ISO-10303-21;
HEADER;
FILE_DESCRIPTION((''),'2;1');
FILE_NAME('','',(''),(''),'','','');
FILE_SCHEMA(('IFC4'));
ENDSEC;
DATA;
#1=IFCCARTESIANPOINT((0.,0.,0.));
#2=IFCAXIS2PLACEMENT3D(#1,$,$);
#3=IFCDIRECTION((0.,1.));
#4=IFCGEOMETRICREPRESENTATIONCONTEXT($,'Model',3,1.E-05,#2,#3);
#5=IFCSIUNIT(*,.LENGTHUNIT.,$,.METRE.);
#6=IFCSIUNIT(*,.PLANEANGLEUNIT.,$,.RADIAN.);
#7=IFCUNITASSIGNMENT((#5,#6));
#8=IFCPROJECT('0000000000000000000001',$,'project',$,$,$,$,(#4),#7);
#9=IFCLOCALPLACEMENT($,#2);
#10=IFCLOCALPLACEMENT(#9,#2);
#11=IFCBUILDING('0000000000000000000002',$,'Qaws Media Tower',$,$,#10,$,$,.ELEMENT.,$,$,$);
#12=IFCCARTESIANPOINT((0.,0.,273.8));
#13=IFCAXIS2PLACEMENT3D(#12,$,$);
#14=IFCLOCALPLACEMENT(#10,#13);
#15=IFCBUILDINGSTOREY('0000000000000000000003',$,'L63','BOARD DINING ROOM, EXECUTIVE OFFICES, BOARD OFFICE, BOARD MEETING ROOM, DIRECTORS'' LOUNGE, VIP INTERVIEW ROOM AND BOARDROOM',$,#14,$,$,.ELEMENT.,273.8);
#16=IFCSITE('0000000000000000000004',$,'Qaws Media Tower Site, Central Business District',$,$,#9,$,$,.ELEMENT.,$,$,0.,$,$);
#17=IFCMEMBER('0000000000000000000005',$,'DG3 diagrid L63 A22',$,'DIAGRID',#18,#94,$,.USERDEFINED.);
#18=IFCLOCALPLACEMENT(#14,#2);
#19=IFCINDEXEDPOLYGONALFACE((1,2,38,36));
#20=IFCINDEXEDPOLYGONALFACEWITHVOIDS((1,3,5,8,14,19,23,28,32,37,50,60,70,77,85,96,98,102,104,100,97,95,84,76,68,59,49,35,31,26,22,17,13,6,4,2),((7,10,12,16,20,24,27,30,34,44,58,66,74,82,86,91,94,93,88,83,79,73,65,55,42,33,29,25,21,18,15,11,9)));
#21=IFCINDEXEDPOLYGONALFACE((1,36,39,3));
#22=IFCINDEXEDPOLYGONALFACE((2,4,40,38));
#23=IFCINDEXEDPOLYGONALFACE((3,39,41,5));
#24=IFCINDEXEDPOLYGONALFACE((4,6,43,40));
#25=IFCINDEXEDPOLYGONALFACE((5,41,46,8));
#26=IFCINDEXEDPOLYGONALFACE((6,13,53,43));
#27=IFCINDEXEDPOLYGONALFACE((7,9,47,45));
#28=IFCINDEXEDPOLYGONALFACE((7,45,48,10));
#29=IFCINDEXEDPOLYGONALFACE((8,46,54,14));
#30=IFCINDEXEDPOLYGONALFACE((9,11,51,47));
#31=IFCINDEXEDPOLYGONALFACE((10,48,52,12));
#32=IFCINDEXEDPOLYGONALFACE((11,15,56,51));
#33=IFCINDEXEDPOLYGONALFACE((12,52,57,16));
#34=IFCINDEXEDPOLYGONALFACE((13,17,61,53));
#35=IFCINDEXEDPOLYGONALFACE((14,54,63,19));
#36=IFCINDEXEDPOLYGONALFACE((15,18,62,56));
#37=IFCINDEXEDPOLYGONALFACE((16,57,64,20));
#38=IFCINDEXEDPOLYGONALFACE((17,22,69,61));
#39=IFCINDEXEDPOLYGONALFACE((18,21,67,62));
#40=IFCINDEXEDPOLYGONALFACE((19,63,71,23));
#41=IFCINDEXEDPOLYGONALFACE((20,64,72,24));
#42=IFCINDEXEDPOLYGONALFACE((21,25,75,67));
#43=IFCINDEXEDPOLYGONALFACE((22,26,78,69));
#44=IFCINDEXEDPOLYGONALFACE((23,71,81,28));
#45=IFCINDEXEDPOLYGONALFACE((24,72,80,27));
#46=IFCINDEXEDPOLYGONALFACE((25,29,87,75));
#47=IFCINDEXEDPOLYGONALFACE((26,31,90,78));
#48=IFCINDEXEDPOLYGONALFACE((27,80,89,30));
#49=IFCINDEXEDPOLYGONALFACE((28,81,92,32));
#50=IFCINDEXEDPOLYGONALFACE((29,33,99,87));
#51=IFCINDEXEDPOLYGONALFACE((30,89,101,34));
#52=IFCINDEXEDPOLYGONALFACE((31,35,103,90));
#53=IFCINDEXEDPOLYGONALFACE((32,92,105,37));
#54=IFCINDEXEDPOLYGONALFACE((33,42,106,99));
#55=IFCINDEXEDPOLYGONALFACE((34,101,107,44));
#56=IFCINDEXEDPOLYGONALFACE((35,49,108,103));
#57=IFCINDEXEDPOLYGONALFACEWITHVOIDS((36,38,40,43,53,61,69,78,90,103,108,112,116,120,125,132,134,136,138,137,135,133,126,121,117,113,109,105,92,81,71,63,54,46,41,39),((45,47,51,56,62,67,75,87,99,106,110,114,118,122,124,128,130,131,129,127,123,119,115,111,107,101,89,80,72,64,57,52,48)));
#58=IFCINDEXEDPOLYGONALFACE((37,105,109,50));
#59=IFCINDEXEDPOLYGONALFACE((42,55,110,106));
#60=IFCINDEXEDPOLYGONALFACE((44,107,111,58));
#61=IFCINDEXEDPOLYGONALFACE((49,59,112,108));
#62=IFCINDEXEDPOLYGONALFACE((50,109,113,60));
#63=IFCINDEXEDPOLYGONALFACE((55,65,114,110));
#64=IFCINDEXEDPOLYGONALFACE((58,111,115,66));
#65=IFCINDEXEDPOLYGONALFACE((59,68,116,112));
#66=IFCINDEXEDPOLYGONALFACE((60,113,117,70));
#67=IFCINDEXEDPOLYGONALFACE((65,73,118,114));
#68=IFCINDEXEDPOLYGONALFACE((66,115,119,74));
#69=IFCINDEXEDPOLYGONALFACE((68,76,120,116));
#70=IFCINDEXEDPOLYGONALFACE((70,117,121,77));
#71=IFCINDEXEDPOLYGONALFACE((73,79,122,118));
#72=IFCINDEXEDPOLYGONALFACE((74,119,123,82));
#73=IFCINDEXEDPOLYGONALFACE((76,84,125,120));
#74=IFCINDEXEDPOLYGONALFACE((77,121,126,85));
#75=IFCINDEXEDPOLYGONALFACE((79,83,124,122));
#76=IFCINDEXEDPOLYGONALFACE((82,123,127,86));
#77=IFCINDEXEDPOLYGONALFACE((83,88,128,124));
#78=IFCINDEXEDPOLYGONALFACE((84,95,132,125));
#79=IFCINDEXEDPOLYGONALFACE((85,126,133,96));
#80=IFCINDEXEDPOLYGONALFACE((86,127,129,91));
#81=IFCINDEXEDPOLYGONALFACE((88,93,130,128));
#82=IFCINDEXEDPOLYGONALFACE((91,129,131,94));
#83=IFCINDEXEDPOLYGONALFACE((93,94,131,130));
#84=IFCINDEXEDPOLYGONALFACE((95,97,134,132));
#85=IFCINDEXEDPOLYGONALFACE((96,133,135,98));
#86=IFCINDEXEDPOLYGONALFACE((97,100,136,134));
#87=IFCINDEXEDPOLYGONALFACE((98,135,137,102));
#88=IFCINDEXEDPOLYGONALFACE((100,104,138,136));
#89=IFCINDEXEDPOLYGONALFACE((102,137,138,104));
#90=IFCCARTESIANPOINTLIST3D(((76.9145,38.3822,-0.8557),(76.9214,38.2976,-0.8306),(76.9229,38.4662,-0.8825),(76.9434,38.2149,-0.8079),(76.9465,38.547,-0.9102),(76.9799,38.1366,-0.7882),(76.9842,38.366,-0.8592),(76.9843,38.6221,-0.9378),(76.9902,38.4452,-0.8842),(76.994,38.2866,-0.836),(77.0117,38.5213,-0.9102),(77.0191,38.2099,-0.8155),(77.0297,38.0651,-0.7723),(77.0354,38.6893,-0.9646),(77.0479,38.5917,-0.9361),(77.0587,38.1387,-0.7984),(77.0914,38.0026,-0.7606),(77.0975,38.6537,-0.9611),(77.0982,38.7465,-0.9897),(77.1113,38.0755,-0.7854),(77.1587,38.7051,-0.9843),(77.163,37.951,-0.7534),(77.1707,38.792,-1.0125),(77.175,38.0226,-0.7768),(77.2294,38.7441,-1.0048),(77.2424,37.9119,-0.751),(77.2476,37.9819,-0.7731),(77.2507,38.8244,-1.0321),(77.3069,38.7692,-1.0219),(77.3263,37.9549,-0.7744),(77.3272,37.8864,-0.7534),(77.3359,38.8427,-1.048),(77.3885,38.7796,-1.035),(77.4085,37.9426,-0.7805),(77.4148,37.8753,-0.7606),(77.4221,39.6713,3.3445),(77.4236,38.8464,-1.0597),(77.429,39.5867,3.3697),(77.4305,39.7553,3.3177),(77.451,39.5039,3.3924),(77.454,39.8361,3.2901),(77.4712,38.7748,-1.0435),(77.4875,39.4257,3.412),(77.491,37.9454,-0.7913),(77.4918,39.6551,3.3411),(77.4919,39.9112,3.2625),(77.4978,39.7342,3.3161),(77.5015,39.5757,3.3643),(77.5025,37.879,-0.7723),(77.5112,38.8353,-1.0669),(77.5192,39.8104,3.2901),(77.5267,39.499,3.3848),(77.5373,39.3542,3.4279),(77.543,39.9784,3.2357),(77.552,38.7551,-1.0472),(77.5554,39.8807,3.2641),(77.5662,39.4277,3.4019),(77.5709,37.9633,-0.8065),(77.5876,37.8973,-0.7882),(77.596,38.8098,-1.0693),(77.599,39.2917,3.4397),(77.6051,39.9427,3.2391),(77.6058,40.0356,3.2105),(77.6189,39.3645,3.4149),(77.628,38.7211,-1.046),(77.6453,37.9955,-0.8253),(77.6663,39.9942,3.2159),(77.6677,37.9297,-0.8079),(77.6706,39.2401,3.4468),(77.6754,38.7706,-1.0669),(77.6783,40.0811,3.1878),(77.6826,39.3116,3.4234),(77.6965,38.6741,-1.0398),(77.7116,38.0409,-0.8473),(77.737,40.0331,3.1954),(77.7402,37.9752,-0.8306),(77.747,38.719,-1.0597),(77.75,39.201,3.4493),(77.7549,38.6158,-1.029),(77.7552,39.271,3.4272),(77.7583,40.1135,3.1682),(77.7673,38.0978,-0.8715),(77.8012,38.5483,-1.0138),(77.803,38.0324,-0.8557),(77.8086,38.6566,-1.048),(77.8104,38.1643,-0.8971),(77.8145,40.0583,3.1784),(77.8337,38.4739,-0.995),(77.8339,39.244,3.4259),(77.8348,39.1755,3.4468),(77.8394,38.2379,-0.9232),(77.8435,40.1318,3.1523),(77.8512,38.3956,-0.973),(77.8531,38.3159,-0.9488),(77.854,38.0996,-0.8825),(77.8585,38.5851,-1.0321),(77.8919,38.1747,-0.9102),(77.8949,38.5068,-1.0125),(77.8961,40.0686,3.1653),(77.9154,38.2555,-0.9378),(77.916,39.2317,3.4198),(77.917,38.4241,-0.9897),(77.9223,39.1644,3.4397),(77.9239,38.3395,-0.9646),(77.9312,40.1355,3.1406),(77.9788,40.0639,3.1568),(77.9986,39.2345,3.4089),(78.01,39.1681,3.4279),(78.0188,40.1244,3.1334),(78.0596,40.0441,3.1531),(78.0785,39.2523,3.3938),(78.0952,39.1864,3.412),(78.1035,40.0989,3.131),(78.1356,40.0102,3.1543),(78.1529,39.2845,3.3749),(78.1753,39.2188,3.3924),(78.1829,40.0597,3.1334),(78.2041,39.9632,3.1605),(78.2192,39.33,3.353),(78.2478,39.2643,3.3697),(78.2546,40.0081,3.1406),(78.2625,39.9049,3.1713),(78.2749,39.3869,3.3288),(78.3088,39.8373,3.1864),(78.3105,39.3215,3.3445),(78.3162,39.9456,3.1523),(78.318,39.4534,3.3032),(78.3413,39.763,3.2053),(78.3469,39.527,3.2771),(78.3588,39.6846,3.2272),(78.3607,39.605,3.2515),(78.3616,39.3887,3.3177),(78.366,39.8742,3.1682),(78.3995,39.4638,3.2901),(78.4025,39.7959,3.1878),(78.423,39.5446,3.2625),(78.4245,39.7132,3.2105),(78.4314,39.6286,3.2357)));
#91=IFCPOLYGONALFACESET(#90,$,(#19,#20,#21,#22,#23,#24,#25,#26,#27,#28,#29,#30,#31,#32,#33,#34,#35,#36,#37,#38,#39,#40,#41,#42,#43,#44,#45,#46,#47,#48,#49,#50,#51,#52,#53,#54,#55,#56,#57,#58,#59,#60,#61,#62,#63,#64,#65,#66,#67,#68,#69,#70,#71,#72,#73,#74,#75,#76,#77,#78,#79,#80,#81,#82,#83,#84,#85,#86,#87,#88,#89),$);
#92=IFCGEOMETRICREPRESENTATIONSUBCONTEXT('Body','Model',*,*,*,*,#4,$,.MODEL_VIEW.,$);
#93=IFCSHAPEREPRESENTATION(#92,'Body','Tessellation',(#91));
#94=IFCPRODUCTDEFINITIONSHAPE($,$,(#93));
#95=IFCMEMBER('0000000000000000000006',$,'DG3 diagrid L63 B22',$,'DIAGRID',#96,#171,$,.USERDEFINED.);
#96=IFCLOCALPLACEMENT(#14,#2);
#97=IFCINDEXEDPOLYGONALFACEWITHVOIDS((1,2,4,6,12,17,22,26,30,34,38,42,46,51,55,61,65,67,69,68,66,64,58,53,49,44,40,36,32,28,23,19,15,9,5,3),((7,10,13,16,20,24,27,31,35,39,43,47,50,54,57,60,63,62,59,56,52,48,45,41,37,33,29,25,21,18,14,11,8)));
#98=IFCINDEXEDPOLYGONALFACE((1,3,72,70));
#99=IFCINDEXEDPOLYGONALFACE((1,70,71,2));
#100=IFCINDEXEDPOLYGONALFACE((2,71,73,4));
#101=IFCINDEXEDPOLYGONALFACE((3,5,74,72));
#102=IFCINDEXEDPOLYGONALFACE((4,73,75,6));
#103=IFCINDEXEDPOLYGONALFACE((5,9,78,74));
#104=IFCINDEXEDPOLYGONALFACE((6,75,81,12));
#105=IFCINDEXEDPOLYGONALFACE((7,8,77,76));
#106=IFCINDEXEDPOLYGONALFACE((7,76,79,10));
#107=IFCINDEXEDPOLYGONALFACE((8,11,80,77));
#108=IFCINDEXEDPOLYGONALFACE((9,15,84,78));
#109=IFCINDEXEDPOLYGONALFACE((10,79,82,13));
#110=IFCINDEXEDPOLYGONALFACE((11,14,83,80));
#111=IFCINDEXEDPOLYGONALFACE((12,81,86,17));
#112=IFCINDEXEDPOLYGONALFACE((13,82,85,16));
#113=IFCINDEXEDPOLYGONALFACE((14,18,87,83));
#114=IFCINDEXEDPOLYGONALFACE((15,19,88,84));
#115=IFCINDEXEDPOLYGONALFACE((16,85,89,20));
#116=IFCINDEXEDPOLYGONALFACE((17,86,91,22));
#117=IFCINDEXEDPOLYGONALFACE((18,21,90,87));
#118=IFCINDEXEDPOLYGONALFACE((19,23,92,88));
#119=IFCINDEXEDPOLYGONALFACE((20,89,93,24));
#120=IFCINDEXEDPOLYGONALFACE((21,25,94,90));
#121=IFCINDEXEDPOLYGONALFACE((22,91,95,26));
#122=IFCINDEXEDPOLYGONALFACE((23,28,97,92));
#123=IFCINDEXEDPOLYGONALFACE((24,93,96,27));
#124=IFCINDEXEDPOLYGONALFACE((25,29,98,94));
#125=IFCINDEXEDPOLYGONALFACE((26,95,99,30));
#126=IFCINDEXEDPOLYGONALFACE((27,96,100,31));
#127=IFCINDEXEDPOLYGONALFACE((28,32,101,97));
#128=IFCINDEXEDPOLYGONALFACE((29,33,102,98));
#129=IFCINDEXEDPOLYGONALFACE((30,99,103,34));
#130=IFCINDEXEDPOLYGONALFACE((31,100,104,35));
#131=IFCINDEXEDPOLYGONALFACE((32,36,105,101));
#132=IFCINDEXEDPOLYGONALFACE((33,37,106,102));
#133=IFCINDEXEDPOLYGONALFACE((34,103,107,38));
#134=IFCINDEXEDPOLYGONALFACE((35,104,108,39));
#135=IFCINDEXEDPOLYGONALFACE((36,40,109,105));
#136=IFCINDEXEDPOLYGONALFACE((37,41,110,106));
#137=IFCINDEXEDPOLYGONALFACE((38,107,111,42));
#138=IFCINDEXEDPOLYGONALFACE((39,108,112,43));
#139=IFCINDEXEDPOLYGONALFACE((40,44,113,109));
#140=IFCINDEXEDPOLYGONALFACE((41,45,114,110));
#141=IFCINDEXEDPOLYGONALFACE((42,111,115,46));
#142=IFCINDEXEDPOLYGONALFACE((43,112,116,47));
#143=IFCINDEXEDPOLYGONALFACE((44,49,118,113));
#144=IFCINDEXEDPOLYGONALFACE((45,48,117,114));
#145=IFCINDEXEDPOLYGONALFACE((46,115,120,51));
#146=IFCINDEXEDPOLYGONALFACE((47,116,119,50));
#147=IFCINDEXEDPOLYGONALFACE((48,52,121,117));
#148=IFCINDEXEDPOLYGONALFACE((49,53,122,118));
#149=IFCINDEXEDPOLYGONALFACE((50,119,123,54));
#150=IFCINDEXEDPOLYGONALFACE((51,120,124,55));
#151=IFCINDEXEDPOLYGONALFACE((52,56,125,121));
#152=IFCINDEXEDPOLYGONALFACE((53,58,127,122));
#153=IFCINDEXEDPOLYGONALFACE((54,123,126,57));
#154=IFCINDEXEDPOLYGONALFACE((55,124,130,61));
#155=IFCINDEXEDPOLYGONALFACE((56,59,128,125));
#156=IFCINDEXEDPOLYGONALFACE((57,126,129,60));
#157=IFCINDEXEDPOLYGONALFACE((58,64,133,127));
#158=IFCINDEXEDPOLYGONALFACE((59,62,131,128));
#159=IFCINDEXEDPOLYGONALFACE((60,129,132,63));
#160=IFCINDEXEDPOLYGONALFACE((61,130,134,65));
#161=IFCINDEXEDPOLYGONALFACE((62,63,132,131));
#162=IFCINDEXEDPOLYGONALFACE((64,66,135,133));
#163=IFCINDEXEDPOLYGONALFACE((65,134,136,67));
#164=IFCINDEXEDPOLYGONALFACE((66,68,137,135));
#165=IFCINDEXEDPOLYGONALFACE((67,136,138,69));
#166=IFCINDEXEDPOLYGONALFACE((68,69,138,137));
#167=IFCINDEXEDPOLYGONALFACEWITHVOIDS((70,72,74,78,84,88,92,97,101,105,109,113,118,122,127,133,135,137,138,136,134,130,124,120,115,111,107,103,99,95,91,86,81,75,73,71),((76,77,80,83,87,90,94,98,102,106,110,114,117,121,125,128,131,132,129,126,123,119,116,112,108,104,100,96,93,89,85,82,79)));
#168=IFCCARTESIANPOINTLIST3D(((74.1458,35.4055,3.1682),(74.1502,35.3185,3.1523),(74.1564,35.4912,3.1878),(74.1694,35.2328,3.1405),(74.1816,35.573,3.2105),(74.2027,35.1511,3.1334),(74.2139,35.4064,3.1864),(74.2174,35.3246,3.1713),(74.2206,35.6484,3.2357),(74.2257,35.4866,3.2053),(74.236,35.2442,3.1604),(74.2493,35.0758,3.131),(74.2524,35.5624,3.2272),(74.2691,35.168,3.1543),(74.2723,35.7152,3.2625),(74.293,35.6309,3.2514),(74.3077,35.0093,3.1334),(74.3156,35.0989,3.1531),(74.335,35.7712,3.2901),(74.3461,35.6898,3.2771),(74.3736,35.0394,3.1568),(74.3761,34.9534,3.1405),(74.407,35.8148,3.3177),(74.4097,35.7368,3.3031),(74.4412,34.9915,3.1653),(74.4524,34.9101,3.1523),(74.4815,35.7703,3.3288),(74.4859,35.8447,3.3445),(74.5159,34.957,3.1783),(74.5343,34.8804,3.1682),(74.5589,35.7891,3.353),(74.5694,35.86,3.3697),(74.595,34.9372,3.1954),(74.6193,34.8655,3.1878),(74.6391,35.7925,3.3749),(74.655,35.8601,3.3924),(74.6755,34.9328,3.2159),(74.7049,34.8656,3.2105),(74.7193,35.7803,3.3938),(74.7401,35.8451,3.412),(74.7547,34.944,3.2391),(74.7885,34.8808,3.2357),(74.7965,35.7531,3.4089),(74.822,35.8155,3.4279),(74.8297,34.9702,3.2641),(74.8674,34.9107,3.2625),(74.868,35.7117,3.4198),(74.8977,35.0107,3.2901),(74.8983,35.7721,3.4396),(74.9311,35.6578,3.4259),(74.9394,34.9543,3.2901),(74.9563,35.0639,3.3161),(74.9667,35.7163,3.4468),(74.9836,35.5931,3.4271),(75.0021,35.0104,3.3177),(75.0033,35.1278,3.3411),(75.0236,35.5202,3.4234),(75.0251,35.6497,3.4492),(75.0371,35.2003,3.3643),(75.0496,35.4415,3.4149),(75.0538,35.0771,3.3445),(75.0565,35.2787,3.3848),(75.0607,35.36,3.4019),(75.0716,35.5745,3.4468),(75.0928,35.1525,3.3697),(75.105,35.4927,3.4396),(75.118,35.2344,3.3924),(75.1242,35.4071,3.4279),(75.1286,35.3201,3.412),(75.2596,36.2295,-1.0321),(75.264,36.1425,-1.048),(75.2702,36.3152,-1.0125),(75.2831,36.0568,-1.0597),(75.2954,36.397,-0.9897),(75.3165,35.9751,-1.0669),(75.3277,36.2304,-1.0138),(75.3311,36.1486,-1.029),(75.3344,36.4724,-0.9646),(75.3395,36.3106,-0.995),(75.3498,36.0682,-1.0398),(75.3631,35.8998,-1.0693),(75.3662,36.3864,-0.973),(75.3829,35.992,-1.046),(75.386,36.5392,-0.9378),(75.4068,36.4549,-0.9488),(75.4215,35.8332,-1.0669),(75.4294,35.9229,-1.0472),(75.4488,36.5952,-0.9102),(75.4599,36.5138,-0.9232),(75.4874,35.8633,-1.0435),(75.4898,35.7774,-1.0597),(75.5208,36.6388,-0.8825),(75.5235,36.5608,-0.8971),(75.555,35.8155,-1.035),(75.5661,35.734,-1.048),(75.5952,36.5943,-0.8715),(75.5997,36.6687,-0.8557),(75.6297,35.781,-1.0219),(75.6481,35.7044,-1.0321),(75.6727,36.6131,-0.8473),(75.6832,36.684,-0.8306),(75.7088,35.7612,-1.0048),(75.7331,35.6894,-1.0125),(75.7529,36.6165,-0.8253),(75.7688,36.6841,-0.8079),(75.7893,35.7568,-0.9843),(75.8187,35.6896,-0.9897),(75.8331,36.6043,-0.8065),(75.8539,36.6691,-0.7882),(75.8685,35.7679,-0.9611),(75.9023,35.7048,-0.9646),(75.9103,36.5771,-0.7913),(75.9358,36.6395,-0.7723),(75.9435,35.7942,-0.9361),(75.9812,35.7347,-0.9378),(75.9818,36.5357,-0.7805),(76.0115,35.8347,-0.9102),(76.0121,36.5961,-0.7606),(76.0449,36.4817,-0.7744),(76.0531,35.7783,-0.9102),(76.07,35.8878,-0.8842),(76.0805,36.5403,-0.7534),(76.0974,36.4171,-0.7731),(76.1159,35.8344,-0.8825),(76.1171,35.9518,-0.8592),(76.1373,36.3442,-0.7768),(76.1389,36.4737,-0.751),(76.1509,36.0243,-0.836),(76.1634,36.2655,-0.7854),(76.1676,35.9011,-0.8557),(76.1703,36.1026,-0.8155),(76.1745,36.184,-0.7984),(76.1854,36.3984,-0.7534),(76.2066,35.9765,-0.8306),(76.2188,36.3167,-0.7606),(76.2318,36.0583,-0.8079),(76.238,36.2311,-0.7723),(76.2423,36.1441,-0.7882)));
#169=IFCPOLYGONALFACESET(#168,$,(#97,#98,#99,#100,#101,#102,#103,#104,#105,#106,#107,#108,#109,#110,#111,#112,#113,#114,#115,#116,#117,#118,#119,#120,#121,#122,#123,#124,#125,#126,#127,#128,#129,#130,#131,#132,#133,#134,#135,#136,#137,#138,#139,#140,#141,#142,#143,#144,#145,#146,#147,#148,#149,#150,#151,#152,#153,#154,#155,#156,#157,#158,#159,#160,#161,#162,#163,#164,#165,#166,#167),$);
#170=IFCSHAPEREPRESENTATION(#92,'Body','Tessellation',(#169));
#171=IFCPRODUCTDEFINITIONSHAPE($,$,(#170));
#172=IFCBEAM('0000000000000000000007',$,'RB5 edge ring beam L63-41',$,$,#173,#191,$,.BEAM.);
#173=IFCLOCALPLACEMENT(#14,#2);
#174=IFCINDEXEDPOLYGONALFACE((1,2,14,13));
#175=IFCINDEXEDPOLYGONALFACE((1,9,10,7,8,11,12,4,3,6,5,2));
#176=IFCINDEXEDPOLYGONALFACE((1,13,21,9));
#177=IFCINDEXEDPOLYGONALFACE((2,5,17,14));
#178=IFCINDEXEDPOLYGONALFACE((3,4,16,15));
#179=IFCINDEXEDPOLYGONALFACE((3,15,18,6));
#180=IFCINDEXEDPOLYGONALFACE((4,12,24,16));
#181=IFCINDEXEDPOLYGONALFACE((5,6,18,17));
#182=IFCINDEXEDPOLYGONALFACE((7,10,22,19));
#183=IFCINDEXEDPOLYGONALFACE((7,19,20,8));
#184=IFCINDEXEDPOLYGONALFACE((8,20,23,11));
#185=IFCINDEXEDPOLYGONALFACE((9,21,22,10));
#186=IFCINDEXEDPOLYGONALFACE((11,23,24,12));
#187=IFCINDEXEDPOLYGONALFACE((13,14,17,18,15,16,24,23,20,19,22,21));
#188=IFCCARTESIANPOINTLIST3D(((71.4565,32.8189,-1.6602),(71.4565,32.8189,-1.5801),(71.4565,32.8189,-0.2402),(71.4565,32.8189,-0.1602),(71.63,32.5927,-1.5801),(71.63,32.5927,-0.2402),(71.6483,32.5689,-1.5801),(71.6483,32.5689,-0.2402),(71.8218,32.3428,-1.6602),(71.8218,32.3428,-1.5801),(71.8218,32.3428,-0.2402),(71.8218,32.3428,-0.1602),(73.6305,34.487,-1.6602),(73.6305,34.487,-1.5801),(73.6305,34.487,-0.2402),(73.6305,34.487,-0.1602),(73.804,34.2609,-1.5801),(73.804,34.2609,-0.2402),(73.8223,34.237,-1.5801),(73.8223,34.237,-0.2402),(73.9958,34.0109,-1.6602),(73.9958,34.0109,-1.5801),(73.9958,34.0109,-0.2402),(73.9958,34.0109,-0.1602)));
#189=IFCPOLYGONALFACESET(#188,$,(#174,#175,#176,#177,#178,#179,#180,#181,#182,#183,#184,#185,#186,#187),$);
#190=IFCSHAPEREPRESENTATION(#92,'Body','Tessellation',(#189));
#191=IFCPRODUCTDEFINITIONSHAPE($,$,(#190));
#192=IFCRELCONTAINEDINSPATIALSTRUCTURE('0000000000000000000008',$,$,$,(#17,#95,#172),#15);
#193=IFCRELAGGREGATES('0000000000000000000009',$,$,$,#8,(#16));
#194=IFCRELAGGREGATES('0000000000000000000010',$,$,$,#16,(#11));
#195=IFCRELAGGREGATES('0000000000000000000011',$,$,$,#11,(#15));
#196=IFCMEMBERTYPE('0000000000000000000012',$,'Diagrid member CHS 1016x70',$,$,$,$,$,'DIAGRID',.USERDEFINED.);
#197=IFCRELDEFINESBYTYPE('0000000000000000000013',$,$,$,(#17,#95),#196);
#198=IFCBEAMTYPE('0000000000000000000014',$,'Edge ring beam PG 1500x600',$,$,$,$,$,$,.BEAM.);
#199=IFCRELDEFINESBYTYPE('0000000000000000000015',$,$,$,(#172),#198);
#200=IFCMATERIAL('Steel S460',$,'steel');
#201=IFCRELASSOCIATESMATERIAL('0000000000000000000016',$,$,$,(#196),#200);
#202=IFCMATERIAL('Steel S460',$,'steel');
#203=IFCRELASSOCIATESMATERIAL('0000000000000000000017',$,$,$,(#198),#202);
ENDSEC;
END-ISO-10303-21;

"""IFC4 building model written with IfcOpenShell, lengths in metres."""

from ifc_helpers import new_model, si_unit, direction, frame, origin, origin_2d, place, context, subcontext, project, spatial, hollow_circle, i_section, extrude, material, material_profile, profile_set, type_object, element, save


model = new_model("IFC4")

# Units and contexts
model_context = context("Model", 3, precision=1e-05, world=origin(), true_north=direction((0.0, 1.0)))
body_context = subcontext(model_context, "Body", "Model", "MODEL_VIEW")
ifc_project = project(units=[si_unit("LENGTHUNIT", "METRE"), si_unit("PLANEANGLEUNIT", "RADIAN")], contexts=[model_context])

# Site, building, storey
site_placement = place(None, origin())
site = spatial("IfcSite", under=ifc_project, at=site_placement, Name="Qaws Media Tower Site, Central Business District", CompositionType="ELEMENT", RefElevation=0.0)
building_placement = place(site_placement, origin())
building = spatial("IfcBuilding", under=site, at=building_placement, Name="Qaws Media Tower", CompositionType="ELEMENT")
storey_placement = place(building_placement, frame((0.0, 0.0, 273.8)))
storey = spatial("IfcBuildingStorey", under=building, at=storey_placement, Name="L63", Description="BOARD DINING ROOM, EXECUTIVE OFFICES, BOARD OFFICE, BOARD MEETING ROOM, DIRECTORS' LOUNGE, VIP INTERVIEW ROOM AND BOARDROOM", CompositionType="ELEMENT", Elevation=273.8)

# Members
ifc_material_1 = material(Name="Steel S460", Category="steel")
ifc_material_profile_1 = material_profile(ifc_material_1, hollow_circle(Radius=0.5081, WallThickness=0.0701, at=origin_2d()), Name="CHS 1016x70")
ifc_profile_set_1 = profile_set([ifc_material_profile_1], Name="Steel S460")
member_type_1 = type_object("IfcMemberType", Name="Diagrid member CHS 1016x70", ElementType="DIAGRID", PredefinedType="USERDEFINED", material=ifc_profile_set_1)
for number, where, z_axis, x_axis, name in (
    (1, (77.4192, 38.3608, -0.9102), (0.114762, 0.29146, 0.949674), (-0.930468, 0.366372, 0.0), "DG3 diagrid L63 A22"),
    (2, (75.751, 36.1868, -0.9102), (-0.251825, -0.186302, 0.949671), (0.594743, -0.803916, 0.0), "DG3 diagrid L63 B22"),
):
    element("IfcMember", number, at=place(storey_placement, frame(where, z_axis=z_axis, x_axis=x_axis)), inside=storey, type_object=member_type_1, Name=name, ObjectType="DIAGRID", PredefinedType="USERDEFINED", context=body_context, shape_type="SweptSolid", body=[
        extrude(hollow_circle(Radius=0.5081, WallThickness=0.0701, at=origin_2d()), origin(), (0.0, 0.0, 1.0), 4.4229),
    ])

# Beam
ifc_material_2 = material(Name="Steel S460", Category="steel")
ifc_material_profile_2 = material_profile(ifc_material_2, i_section(OverallWidth=0.6001, OverallDepth=1.5, WebThickness=0.03, FlangeThickness=0.0801, at=origin_2d()), Name="PG 1500x600")
ifc_profile_set_2 = profile_set([ifc_material_profile_2], Name="Steel S460")
beam_type_1 = type_object("IfcBeamType", Name="Edge ring beam PG 1500x600", PredefinedType="BEAM", material=ifc_profile_set_2)
beam_1_placement = place(storey_placement, frame((71.6392, 32.5808, -0.9102), z_axis=(0.793355, 0.608759, 0.0), x_axis=(-0.608759, 0.793355, 0.0)))
element("IfcBeam", 3, at=beam_1_placement, inside=storey, type_object=beam_type_1, Name="RB5 edge ring beam L63-41", PredefinedType="BEAM", context=body_context, shape_type="SweptSolid", body=[
    extrude(i_section(OverallWidth=0.6001, OverallDepth=1.5, WebThickness=0.03, FlangeThickness=0.0801, at=origin_2d()), origin(), (0.0, 0.0, 1.0), 2.7402),
])

save(model, "model.ifc")
